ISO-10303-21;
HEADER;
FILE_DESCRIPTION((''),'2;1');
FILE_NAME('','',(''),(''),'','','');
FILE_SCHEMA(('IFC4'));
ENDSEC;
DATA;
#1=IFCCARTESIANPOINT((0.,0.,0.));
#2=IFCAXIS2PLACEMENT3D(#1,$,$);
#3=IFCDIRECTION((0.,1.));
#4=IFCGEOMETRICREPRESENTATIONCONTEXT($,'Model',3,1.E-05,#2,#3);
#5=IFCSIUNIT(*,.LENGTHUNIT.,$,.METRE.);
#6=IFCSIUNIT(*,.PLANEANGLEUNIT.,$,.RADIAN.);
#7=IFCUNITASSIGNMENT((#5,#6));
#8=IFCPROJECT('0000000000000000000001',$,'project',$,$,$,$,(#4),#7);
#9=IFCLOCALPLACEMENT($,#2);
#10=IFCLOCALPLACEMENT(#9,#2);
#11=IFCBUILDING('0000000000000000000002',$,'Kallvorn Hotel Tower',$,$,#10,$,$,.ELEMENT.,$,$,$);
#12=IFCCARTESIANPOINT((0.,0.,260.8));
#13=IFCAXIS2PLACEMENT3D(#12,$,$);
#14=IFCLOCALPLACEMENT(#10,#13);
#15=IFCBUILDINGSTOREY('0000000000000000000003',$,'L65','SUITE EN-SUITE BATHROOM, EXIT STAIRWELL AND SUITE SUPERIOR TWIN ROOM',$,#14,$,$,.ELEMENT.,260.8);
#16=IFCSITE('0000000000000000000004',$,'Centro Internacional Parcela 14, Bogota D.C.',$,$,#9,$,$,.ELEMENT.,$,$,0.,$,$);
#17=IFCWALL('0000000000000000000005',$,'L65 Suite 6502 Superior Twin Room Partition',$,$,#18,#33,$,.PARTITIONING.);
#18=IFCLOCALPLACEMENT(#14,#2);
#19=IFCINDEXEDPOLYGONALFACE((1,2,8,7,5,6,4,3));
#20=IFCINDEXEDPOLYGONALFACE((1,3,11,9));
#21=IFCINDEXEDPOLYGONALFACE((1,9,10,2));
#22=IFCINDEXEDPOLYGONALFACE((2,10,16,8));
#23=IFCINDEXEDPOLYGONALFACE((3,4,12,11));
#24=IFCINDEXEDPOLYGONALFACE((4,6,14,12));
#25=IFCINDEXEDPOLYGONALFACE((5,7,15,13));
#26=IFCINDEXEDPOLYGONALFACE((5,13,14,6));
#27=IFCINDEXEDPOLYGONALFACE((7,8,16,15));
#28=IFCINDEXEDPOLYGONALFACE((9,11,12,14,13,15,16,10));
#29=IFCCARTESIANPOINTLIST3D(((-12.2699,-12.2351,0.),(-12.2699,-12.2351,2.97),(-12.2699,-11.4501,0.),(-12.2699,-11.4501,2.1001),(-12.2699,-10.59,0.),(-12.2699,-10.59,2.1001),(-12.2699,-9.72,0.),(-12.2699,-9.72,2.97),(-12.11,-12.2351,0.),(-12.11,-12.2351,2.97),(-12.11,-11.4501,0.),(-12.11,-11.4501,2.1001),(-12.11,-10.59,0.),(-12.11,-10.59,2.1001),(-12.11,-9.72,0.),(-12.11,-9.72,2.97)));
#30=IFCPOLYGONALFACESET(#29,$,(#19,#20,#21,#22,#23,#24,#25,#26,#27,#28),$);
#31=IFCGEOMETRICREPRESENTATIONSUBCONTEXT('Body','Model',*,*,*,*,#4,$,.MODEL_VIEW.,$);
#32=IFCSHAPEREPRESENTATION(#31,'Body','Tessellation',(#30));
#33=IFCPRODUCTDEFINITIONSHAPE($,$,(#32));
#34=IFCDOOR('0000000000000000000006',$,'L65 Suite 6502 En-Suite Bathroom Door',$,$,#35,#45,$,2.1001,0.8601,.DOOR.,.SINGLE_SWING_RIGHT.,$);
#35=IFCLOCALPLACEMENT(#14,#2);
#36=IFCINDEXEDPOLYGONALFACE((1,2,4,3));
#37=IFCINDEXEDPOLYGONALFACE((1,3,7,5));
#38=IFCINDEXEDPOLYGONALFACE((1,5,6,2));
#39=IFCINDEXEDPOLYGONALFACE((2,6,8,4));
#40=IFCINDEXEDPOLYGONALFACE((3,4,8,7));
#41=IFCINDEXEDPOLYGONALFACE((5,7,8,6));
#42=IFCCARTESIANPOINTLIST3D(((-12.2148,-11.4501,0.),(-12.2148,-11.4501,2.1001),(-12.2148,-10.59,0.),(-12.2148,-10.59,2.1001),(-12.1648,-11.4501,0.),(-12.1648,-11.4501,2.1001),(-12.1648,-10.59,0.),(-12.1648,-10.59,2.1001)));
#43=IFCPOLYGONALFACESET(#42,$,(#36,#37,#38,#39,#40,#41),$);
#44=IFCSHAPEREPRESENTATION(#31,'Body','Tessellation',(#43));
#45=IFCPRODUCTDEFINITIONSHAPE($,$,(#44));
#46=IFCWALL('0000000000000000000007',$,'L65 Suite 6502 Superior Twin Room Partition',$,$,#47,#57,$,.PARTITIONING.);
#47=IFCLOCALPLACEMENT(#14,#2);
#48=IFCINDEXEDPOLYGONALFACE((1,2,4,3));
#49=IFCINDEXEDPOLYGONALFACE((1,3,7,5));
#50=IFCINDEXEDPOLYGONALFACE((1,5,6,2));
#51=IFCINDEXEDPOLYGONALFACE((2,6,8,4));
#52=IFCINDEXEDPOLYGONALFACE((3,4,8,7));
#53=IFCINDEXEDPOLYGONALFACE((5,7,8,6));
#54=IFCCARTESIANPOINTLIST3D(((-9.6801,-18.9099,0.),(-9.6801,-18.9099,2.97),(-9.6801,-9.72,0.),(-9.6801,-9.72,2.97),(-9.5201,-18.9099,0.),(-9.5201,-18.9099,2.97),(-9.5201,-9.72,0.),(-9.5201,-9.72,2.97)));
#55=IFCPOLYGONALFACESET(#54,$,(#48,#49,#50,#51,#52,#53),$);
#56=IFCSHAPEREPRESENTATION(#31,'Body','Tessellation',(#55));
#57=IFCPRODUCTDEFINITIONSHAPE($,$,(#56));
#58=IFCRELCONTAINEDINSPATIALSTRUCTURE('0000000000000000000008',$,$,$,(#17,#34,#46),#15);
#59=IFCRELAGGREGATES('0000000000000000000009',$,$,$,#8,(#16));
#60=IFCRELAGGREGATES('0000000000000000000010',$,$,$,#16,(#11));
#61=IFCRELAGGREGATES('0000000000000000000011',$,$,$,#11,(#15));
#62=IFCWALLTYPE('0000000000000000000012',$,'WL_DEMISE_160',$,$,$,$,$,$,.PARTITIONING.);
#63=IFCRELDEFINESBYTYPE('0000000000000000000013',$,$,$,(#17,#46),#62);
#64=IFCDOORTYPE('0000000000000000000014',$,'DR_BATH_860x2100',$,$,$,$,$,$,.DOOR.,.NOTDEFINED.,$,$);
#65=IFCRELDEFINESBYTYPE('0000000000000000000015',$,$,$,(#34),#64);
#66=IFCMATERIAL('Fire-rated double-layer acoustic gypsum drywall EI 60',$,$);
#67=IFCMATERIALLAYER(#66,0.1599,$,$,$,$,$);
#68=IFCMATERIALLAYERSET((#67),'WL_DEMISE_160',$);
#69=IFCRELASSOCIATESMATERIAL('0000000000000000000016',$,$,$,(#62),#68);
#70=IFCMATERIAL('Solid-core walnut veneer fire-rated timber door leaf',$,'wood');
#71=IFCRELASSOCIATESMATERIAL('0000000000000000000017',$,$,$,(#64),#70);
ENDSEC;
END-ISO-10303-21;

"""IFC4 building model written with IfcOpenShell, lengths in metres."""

from ifc_helpers import new_model, si_unit, direction, frame, frame_2d, origin, place, context, subcontext, project, spatial, rectangle, extrude, material, layer, layer_set, type_object, element, fill, save


model = new_model("IFC4")

# Units and contexts
model_context = context("Model", 3, precision=1e-05, world=origin(), true_north=direction((0.0, 1.0)))
body_context = subcontext(model_context, "Body", "Model", "MODEL_VIEW")
ifc_project = project(units=[si_unit("LENGTHUNIT", "METRE"), si_unit("PLANEANGLEUNIT", "RADIAN")], contexts=[model_context])

# Site, building, storey
site_placement = place(None, origin())
site = spatial("IfcSite", under=ifc_project, at=site_placement, Name="Centro Internacional Parcela 14, Bogota D.C.", CompositionType="ELEMENT", RefElevation=0.0)
building_placement = place(site_placement, origin())
building = spatial("IfcBuilding", under=site, at=building_placement, Name="Kallvorn Hotel Tower", CompositionType="ELEMENT")
storey_placement = place(building_placement, frame((0.0, 0.0, 260.8)))
storey = spatial("IfcBuildingStorey", under=building, at=storey_placement, Name="L65", Description="SUITE EN-SUITE BATHROOM, EXIT STAIRWELL AND SUITE SUPERIOR TWIN ROOM", CompositionType="ELEMENT", Elevation=260.8)

# Shared definitions
ifc_material_1 = material(Name="Fire-rated double-layer acoustic gypsum drywall EI 60")
ifc_layer_1 = layer(ifc_material_1, 0.1599)
ifc_layer_set_1 = layer_set([ifc_layer_1], Name="WL_DEMISE_160")
wall_type = type_object("IfcWallType", Name="WL_DEMISE_160", PredefinedType="PARTITIONING", material=ifc_layer_set_1)

# Shared definitions
ifc_material_2 = material(Name="Solid-core walnut veneer fire-rated timber door leaf", Category="wood")
door_type = type_object("IfcDoorType", Name="DR_BATH_860x2100", OperationType="NOTDEFINED", PredefinedType="DOOR", material=ifc_material_2)

# Wall, opening, door
wall_1_placement = place(storey_placement, frame((-12.1899, -12.2351, 0.0), z_axis=(0.0, 0.0, 1.0), x_axis=(0.0, 1.0, 0.0)))
wall_1 = element("IfcWall", 1, at=wall_1_placement, inside=storey, type_object=wall_type, Name="L65 Suite 6502 Superior Twin Room Partition", PredefinedType="PARTITIONING", context=body_context, shape_type="SweptSolid", body=[
    extrude(rectangle(XDim=2.5151, YDim=0.1599, at=frame_2d((1.2576, 0.0))), origin(), (0.0, 0.0, 1.0), 2.97),
])
opening_1_placement = place(wall_1_placement, frame((0.7849, 0.0, 0.0)))
opening_1 = element("IfcOpeningElement", 2, at=opening_1_placement, cuts=wall_1, PredefinedType="OPENING", context=body_context, shape_type="SweptSolid", body=[
    extrude(rectangle(XDim=0.8601, YDim=2.1001, at=frame_2d((0.4302, 1.05))), frame((0.0, 0.095, 0.0), z_axis=(0.0, -1.0, 0.0), x_axis=(1.0, 0.0, 0.0)), (0.0, 0.0, 1.0), 0.1899),
])
door_1_placement = place(opening_1_placement, origin())
door_1 = element("IfcDoor", 3, at=door_1_placement, inside=storey, type_object=door_type, Name="L65 Suite 6502 En-Suite Bathroom Door", OperationType="SINGLE_SWING_RIGHT", OverallHeight=2.1001, OverallWidth=0.8601, PredefinedType="DOOR", context=body_context, shape_type="SweptSolid", body=[
    extrude(rectangle(XDim=0.8601, YDim=2.1001, at=frame_2d((0.4302, 1.05))), frame((0.0, 0.0249, 0.0), z_axis=(0.0, -1.0, 0.0), x_axis=(1.0, 0.0, 0.0)), (0.0, 0.0, 1.0), 0.05),
])
fill(opening_1, door_1)

# Wall
wall_2_placement = place(storey_placement, frame((-9.6001, -18.9099, 0.0), z_axis=(0.0, 0.0, 1.0), x_axis=(0.0, 1.0, 0.0)))
element("IfcWall", 4, at=wall_2_placement, inside=storey, type_object=wall_type, Name="L65 Suite 6502 Superior Twin Room Partition", PredefinedType="PARTITIONING", context=body_context, shape_type="SweptSolid", body=[
    extrude(rectangle(XDim=9.1899, YDim=0.1599, at=frame_2d((4.595, 0.0))), origin(), (0.0, 0.0, 1.0), 2.97),
])

save(model, "model.ifc")
